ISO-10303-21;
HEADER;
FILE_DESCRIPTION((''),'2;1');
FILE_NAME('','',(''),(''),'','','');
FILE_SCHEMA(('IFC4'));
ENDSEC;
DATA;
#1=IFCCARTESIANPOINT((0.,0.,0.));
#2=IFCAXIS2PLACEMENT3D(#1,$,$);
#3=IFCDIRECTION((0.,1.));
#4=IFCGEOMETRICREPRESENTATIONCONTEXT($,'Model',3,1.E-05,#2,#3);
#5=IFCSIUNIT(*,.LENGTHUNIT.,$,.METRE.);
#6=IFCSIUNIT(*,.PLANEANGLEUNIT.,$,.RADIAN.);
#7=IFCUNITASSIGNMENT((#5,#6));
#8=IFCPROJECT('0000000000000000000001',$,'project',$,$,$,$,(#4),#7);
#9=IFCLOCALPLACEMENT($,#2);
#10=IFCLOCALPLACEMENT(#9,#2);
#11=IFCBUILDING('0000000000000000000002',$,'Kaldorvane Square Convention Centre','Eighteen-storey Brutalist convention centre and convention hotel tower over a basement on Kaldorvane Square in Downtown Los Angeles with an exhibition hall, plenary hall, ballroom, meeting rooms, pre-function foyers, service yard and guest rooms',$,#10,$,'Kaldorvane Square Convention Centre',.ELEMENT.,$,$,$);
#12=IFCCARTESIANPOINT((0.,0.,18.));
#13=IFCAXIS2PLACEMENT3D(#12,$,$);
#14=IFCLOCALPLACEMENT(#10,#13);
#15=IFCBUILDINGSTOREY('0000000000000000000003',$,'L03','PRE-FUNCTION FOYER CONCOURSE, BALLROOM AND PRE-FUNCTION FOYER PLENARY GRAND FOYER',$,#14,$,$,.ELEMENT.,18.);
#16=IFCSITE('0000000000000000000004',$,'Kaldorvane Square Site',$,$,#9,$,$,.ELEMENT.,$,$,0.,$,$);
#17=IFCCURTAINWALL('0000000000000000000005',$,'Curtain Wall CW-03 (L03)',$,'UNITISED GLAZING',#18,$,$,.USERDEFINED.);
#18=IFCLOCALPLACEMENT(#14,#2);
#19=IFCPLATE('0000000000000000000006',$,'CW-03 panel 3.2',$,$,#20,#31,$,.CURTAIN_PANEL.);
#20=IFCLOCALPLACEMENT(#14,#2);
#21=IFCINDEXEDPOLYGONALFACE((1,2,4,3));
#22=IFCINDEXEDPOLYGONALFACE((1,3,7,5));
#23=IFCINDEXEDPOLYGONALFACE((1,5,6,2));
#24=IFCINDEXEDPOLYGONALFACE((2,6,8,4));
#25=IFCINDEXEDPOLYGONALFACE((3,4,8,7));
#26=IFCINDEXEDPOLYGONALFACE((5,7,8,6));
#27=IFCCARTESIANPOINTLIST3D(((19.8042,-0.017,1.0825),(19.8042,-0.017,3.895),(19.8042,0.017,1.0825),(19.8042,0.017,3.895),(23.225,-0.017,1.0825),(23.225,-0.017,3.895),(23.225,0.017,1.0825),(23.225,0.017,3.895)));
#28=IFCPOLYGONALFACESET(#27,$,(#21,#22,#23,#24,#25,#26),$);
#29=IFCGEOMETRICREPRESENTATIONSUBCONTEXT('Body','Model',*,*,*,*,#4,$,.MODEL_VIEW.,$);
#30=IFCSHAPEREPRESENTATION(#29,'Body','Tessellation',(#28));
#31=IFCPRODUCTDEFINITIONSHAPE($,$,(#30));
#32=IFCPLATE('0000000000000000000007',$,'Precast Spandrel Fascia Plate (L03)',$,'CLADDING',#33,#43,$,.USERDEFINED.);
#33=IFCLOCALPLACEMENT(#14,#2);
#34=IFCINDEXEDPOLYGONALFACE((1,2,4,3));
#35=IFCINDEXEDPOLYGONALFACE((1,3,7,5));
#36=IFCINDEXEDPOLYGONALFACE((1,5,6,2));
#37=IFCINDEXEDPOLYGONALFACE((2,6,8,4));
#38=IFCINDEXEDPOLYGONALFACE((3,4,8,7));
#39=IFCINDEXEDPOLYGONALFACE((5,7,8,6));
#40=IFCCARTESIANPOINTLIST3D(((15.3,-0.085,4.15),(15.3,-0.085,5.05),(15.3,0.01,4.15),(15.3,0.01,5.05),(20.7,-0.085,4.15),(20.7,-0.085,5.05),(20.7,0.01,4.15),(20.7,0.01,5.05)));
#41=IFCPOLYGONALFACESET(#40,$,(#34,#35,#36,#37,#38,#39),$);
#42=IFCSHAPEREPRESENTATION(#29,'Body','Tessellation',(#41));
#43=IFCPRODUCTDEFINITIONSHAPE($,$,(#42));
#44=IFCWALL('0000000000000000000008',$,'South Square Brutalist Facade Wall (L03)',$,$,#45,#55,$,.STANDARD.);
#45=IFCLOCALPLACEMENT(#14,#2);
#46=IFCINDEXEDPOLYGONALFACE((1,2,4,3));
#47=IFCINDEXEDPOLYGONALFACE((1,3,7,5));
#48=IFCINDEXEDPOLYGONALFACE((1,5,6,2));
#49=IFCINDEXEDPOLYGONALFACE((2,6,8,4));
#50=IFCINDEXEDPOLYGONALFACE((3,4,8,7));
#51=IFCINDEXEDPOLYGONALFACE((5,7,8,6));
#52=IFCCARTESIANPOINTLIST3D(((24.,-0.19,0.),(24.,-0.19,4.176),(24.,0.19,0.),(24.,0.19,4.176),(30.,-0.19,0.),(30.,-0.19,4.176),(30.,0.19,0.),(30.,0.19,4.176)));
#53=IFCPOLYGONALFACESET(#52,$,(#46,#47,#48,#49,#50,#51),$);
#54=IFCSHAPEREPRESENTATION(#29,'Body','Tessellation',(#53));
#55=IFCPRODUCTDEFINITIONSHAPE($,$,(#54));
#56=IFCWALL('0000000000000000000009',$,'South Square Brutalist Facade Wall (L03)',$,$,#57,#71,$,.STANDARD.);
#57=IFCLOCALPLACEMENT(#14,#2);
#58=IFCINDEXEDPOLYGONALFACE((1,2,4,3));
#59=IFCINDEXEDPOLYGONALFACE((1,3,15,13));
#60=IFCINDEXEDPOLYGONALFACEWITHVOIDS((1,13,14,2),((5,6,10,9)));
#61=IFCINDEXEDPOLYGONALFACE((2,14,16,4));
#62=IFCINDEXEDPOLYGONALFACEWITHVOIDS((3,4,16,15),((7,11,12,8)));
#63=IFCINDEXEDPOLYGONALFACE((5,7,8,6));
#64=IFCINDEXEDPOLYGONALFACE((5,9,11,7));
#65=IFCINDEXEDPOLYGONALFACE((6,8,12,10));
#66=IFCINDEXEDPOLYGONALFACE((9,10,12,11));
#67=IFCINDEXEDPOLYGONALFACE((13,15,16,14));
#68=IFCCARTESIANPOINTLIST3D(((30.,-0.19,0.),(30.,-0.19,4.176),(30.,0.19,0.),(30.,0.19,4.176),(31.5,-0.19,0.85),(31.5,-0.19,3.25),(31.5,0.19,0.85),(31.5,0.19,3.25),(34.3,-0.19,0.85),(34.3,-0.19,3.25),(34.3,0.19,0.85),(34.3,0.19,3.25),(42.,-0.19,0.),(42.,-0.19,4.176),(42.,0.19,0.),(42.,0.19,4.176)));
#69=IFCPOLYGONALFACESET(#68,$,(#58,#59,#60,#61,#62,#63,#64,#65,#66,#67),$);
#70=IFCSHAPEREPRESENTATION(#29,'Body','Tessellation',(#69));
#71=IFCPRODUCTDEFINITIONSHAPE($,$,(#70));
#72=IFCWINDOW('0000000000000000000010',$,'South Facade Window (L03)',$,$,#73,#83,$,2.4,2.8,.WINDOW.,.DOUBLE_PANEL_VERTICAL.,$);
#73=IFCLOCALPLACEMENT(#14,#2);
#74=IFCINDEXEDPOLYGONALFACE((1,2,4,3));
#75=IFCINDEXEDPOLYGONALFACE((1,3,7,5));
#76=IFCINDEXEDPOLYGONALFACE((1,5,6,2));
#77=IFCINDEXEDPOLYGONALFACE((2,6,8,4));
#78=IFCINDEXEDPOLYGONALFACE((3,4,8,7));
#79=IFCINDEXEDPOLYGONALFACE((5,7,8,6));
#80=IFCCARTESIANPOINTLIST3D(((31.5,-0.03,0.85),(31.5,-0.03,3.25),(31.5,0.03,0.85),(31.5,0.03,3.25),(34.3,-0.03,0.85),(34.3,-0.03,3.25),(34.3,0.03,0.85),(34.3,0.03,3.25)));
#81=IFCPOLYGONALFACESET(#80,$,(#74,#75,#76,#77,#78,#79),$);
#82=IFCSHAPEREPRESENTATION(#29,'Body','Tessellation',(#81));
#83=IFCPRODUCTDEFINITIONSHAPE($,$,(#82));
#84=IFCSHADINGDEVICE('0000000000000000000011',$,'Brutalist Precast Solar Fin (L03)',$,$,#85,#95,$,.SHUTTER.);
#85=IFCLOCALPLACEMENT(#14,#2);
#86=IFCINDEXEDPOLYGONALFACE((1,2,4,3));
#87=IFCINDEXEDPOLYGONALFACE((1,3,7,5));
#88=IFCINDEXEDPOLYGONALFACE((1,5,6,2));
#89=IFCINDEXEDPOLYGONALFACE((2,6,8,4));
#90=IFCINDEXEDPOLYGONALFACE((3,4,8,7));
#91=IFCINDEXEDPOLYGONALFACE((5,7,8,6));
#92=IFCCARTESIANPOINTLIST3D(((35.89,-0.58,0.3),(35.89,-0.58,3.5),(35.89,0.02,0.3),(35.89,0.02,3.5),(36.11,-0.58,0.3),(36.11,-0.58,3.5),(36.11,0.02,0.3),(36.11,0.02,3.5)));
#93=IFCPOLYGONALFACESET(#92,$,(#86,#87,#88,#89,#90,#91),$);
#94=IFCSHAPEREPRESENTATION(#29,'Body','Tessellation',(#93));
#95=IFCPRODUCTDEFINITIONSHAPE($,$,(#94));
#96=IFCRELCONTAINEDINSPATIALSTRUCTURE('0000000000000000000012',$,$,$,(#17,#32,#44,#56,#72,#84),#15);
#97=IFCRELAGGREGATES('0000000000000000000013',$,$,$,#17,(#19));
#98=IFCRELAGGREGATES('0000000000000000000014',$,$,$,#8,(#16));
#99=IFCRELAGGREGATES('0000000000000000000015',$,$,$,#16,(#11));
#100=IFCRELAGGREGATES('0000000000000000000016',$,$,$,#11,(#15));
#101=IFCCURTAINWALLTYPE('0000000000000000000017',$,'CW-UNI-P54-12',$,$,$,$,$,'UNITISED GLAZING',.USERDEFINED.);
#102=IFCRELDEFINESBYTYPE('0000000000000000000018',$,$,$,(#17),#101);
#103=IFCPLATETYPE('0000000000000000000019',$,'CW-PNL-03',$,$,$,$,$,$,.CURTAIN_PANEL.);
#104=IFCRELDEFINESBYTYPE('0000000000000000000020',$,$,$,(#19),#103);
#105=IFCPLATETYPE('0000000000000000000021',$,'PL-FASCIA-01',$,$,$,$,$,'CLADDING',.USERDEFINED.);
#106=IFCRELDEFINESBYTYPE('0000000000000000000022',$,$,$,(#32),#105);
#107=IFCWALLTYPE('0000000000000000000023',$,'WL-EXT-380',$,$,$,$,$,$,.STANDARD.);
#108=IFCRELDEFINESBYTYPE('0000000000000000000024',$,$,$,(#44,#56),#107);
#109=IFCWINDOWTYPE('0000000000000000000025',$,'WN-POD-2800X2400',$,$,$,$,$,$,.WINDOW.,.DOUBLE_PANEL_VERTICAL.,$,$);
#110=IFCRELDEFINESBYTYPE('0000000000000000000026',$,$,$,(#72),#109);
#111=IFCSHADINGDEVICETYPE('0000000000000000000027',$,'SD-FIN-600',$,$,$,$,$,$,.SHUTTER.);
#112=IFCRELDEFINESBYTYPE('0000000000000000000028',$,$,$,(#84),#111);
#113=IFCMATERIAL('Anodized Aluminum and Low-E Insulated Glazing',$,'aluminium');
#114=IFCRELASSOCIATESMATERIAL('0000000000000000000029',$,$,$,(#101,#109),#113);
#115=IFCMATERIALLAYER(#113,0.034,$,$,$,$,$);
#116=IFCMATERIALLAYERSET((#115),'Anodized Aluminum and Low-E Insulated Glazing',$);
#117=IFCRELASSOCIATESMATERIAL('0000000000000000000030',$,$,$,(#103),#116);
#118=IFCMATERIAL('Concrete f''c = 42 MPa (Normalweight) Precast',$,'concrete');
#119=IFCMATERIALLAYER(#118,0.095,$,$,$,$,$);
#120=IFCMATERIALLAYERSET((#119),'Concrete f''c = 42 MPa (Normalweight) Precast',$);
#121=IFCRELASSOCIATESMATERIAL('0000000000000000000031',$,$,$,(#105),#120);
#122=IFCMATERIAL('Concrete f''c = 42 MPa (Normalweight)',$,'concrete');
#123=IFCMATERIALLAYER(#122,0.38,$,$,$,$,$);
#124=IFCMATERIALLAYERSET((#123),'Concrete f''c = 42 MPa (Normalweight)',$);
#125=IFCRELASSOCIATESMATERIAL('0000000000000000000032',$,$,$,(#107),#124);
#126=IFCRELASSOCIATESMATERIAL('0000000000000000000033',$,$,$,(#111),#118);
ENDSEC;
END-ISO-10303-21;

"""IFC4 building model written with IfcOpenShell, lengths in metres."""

from ifc_helpers import new_model, si_unit, direction, frame, frame_2d, origin, origin_2d, place, context, subcontext, project, spatial, rectangle, extrude, material, layer, layer_set, type_object, element, fill, aggregate, save


model = new_model("IFC4")

# Units and contexts
model_context = context("Model", 3, precision=1e-05, world=origin(), true_north=direction((0.0, 1.0)))
body_context = subcontext(model_context, "Body", "Model", "MODEL_VIEW")
ifc_project = project(units=[si_unit("LENGTHUNIT", "METRE"), si_unit("PLANEANGLEUNIT", "RADIAN")], contexts=[model_context])

# Site, building, storey
site_placement = place(None, origin())
site = spatial("IfcSite", under=ifc_project, at=site_placement, Name="Kaldorvane Square Site", CompositionType="ELEMENT", RefElevation=0.0)
building_placement = place(site_placement, origin())
building = spatial("IfcBuilding", under=site, at=building_placement, Name="Kaldorvane Square Convention Centre", Description="Eighteen-storey Brutalist convention centre and convention hotel tower over a basement on Kaldorvane Square in Downtown Los Angeles with an exhibition hall, plenary hall, ballroom, meeting rooms, pre-function foyers, service yard and guest rooms", LongName="Kaldorvane Square Convention Centre", CompositionType="ELEMENT")
storey_placement = place(building_placement, frame((0.0, 0.0, 18.0)))
storey = spatial("IfcBuildingStorey", under=building, at=storey_placement, Name="L03", Description="PRE-FUNCTION FOYER CONCOURSE, BALLROOM AND PRE-FUNCTION FOYER PLENARY GRAND FOYER", CompositionType="ELEMENT", Elevation=18.0)

# Shared definitions
ifc_material_1 = material(Name="Concrete f'c = 42 MPa (Normalweight)", Category="concrete")

# Curtain wall
ifc_material_2 = material(Name="Anodized Aluminum and Low-E Insulated Glazing", Category="aluminium")
curtain_wall_type = type_object("IfcCurtainWallType", Name="CW-UNI-P54-12", ElementType="UNITISED GLAZING", PredefinedType="USERDEFINED", material=ifc_material_2)
curtain_wall_placement = place(storey_placement, origin())
curtain_wall = element("IfcCurtainWall", 1, at=curtain_wall_placement, inside=storey, type_object=curtain_wall_type, Name="Curtain Wall CW-03 (L03)", ObjectType="UNITISED GLAZING", PredefinedType="USERDEFINED")

# Plates
ifc_layer_1 = layer(ifc_material_2, 0.034)
ifc_layer_set_1 = layer_set([ifc_layer_1], Name="Anodized Aluminum and Low-E Insulated Glazing")
plate_type_1 = type_object("IfcPlateType", Name="CW-PNL-03", PredefinedType="CURTAIN_PANEL", material=ifc_layer_set_1)
plate_1_placement = place(storey_placement, frame((21.5146, 0.0, 1.0825), z_axis=(0.0, 0.0, 1.0), x_axis=(1.0, 0.0, 0.0)))
plate_1 = element("IfcPlate", 2, at=plate_1_placement, type_object=plate_type_1, Name="CW-03 panel 3.2", PredefinedType="CURTAIN_PANEL", context=body_context, shape_type="SweptSolid", body=[
    extrude(rectangle(XDim=3.4208, YDim=0.034, at=origin_2d()), origin(), (0.0, 0.0, 1.0), 2.8125),
])
aggregate(curtain_wall, [plate_1])
ifc_material_3 = material(Name="Concrete f'c = 42 MPa (Normalweight) Precast", Category="concrete")
ifc_layer_2 = layer(ifc_material_3, 0.095)
ifc_layer_set_2 = layer_set([ifc_layer_2], Name="Concrete f'c = 42 MPa (Normalweight) Precast")
plate_type_2 = type_object("IfcPlateType", Name="PL-FASCIA-01", ElementType="CLADDING", PredefinedType="USERDEFINED", material=ifc_layer_set_2)
plate_2_placement = place(storey_placement, frame((18.0, -0.0375, 4.15), z_axis=(0.0, 0.0, 1.0), x_axis=(1.0, 0.0, 0.0)))
element("IfcPlate", 3, at=plate_2_placement, inside=storey, type_object=plate_type_2, Name="Precast Spandrel Fascia Plate (L03)", ObjectType="CLADDING", PredefinedType="USERDEFINED", context=body_context, shape_type="SweptSolid", body=[
    extrude(rectangle(XDim=5.4, YDim=0.095, at=origin_2d()), origin(), (0.0, 0.0, 1.0), 0.9),
])

# Wall
ifc_layer_3 = layer(ifc_material_1, 0.38)
ifc_layer_set_3 = layer_set([ifc_layer_3], Name="Concrete f'c = 42 MPa (Normalweight)")
wall_type = type_object("IfcWallType", Name="WL-EXT-380", PredefinedType="STANDARD", material=ifc_layer_set_3)
wall_1_placement = place(storey_placement, frame((24.0, 0.0, 0.0), z_axis=(0.0, 0.0, 1.0), x_axis=(1.0, 0.0, 0.0)))
element("IfcWall", 4, at=wall_1_placement, inside=storey, type_object=wall_type, Name="South Square Brutalist Facade Wall (L03)", PredefinedType="STANDARD", context=body_context, shape_type="SweptSolid", body=[
    extrude(rectangle(XDim=6.0, YDim=0.38, at=frame_2d((3.0, 0.0))), origin(), (0.0, 0.0, 1.0), 4.176),
])

# Wall, opening, window
wall_2_placement = place(storey_placement, frame((30.0, 0.0, 0.0), z_axis=(0.0, 0.0, 1.0), x_axis=(1.0, 0.0, 0.0)))
wall_2 = element("IfcWall", 5, at=wall_2_placement, inside=storey, type_object=wall_type, Name="South Square Brutalist Facade Wall (L03)", PredefinedType="STANDARD", context=body_context, shape_type="SweptSolid", body=[
    extrude(rectangle(XDim=12.0, YDim=0.38, at=frame_2d((6.0, 0.0))), origin(), (0.0, 0.0, 1.0), 4.176),
])
opening_placement = place(wall_2_placement, frame((1.5, 0.0, 0.85)))
opening = element("IfcOpeningElement", 6, at=opening_placement, cuts=wall_2, PredefinedType="OPENING", context=body_context, shape_type="SweptSolid", body=[
    extrude(rectangle(XDim=2.8, YDim=2.4, at=frame_2d((1.4, 1.2))), frame((0.0, 0.205, 0.0), z_axis=(0.0, -1.0, 0.0), x_axis=(1.0, 0.0, 0.0)), (0.0, 0.0, 1.0), 0.41),
])
window_type = type_object("IfcWindowType", Name="WN-POD-2800X2400", PartitioningType="DOUBLE_PANEL_VERTICAL", PredefinedType="WINDOW", material=ifc_material_2)
window_placement = place(opening_placement, origin())
window = element("IfcWindow", 7, at=window_placement, inside=storey, type_object=window_type, Name="South Facade Window (L03)", OverallHeight=2.4, OverallWidth=2.8, PartitioningType="DOUBLE_PANEL_VERTICAL", PredefinedType="WINDOW", context=body_context, shape_type="SweptSolid", body=[
    extrude(rectangle(XDim=2.8, YDim=2.4, at=frame_2d((1.4, 1.2))), frame((0.0, 0.03, 0.0), z_axis=(0.0, -1.0, 0.0), x_axis=(1.0, 0.0, 0.0)), (0.0, 0.0, 1.0), 0.06),
])
fill(opening, window)

# Shading device
shading_device_type = type_object("IfcShadingDeviceType", Name="SD-FIN-600", PredefinedType="SHUTTER", material=ifc_material_3)
shading_device_placement = place(storey_placement, frame((36.0, -0.28, 0.3), z_axis=(0.0, 0.0, 1.0), x_axis=(1.0, 0.0, 0.0)))
element("IfcShadingDevice", 8, at=shading_device_placement, inside=storey, type_object=shading_device_type, Name="Brutalist Precast Solar Fin (L03)", PredefinedType="SHUTTER", context=body_context, shape_type="SweptSolid", body=[
    extrude(rectangle(XDim=0.22, YDim=0.6, at=origin_2d()), origin(), (0.0, 0.0, 1.0), 3.2),
])

save(model, "model.ifc")
